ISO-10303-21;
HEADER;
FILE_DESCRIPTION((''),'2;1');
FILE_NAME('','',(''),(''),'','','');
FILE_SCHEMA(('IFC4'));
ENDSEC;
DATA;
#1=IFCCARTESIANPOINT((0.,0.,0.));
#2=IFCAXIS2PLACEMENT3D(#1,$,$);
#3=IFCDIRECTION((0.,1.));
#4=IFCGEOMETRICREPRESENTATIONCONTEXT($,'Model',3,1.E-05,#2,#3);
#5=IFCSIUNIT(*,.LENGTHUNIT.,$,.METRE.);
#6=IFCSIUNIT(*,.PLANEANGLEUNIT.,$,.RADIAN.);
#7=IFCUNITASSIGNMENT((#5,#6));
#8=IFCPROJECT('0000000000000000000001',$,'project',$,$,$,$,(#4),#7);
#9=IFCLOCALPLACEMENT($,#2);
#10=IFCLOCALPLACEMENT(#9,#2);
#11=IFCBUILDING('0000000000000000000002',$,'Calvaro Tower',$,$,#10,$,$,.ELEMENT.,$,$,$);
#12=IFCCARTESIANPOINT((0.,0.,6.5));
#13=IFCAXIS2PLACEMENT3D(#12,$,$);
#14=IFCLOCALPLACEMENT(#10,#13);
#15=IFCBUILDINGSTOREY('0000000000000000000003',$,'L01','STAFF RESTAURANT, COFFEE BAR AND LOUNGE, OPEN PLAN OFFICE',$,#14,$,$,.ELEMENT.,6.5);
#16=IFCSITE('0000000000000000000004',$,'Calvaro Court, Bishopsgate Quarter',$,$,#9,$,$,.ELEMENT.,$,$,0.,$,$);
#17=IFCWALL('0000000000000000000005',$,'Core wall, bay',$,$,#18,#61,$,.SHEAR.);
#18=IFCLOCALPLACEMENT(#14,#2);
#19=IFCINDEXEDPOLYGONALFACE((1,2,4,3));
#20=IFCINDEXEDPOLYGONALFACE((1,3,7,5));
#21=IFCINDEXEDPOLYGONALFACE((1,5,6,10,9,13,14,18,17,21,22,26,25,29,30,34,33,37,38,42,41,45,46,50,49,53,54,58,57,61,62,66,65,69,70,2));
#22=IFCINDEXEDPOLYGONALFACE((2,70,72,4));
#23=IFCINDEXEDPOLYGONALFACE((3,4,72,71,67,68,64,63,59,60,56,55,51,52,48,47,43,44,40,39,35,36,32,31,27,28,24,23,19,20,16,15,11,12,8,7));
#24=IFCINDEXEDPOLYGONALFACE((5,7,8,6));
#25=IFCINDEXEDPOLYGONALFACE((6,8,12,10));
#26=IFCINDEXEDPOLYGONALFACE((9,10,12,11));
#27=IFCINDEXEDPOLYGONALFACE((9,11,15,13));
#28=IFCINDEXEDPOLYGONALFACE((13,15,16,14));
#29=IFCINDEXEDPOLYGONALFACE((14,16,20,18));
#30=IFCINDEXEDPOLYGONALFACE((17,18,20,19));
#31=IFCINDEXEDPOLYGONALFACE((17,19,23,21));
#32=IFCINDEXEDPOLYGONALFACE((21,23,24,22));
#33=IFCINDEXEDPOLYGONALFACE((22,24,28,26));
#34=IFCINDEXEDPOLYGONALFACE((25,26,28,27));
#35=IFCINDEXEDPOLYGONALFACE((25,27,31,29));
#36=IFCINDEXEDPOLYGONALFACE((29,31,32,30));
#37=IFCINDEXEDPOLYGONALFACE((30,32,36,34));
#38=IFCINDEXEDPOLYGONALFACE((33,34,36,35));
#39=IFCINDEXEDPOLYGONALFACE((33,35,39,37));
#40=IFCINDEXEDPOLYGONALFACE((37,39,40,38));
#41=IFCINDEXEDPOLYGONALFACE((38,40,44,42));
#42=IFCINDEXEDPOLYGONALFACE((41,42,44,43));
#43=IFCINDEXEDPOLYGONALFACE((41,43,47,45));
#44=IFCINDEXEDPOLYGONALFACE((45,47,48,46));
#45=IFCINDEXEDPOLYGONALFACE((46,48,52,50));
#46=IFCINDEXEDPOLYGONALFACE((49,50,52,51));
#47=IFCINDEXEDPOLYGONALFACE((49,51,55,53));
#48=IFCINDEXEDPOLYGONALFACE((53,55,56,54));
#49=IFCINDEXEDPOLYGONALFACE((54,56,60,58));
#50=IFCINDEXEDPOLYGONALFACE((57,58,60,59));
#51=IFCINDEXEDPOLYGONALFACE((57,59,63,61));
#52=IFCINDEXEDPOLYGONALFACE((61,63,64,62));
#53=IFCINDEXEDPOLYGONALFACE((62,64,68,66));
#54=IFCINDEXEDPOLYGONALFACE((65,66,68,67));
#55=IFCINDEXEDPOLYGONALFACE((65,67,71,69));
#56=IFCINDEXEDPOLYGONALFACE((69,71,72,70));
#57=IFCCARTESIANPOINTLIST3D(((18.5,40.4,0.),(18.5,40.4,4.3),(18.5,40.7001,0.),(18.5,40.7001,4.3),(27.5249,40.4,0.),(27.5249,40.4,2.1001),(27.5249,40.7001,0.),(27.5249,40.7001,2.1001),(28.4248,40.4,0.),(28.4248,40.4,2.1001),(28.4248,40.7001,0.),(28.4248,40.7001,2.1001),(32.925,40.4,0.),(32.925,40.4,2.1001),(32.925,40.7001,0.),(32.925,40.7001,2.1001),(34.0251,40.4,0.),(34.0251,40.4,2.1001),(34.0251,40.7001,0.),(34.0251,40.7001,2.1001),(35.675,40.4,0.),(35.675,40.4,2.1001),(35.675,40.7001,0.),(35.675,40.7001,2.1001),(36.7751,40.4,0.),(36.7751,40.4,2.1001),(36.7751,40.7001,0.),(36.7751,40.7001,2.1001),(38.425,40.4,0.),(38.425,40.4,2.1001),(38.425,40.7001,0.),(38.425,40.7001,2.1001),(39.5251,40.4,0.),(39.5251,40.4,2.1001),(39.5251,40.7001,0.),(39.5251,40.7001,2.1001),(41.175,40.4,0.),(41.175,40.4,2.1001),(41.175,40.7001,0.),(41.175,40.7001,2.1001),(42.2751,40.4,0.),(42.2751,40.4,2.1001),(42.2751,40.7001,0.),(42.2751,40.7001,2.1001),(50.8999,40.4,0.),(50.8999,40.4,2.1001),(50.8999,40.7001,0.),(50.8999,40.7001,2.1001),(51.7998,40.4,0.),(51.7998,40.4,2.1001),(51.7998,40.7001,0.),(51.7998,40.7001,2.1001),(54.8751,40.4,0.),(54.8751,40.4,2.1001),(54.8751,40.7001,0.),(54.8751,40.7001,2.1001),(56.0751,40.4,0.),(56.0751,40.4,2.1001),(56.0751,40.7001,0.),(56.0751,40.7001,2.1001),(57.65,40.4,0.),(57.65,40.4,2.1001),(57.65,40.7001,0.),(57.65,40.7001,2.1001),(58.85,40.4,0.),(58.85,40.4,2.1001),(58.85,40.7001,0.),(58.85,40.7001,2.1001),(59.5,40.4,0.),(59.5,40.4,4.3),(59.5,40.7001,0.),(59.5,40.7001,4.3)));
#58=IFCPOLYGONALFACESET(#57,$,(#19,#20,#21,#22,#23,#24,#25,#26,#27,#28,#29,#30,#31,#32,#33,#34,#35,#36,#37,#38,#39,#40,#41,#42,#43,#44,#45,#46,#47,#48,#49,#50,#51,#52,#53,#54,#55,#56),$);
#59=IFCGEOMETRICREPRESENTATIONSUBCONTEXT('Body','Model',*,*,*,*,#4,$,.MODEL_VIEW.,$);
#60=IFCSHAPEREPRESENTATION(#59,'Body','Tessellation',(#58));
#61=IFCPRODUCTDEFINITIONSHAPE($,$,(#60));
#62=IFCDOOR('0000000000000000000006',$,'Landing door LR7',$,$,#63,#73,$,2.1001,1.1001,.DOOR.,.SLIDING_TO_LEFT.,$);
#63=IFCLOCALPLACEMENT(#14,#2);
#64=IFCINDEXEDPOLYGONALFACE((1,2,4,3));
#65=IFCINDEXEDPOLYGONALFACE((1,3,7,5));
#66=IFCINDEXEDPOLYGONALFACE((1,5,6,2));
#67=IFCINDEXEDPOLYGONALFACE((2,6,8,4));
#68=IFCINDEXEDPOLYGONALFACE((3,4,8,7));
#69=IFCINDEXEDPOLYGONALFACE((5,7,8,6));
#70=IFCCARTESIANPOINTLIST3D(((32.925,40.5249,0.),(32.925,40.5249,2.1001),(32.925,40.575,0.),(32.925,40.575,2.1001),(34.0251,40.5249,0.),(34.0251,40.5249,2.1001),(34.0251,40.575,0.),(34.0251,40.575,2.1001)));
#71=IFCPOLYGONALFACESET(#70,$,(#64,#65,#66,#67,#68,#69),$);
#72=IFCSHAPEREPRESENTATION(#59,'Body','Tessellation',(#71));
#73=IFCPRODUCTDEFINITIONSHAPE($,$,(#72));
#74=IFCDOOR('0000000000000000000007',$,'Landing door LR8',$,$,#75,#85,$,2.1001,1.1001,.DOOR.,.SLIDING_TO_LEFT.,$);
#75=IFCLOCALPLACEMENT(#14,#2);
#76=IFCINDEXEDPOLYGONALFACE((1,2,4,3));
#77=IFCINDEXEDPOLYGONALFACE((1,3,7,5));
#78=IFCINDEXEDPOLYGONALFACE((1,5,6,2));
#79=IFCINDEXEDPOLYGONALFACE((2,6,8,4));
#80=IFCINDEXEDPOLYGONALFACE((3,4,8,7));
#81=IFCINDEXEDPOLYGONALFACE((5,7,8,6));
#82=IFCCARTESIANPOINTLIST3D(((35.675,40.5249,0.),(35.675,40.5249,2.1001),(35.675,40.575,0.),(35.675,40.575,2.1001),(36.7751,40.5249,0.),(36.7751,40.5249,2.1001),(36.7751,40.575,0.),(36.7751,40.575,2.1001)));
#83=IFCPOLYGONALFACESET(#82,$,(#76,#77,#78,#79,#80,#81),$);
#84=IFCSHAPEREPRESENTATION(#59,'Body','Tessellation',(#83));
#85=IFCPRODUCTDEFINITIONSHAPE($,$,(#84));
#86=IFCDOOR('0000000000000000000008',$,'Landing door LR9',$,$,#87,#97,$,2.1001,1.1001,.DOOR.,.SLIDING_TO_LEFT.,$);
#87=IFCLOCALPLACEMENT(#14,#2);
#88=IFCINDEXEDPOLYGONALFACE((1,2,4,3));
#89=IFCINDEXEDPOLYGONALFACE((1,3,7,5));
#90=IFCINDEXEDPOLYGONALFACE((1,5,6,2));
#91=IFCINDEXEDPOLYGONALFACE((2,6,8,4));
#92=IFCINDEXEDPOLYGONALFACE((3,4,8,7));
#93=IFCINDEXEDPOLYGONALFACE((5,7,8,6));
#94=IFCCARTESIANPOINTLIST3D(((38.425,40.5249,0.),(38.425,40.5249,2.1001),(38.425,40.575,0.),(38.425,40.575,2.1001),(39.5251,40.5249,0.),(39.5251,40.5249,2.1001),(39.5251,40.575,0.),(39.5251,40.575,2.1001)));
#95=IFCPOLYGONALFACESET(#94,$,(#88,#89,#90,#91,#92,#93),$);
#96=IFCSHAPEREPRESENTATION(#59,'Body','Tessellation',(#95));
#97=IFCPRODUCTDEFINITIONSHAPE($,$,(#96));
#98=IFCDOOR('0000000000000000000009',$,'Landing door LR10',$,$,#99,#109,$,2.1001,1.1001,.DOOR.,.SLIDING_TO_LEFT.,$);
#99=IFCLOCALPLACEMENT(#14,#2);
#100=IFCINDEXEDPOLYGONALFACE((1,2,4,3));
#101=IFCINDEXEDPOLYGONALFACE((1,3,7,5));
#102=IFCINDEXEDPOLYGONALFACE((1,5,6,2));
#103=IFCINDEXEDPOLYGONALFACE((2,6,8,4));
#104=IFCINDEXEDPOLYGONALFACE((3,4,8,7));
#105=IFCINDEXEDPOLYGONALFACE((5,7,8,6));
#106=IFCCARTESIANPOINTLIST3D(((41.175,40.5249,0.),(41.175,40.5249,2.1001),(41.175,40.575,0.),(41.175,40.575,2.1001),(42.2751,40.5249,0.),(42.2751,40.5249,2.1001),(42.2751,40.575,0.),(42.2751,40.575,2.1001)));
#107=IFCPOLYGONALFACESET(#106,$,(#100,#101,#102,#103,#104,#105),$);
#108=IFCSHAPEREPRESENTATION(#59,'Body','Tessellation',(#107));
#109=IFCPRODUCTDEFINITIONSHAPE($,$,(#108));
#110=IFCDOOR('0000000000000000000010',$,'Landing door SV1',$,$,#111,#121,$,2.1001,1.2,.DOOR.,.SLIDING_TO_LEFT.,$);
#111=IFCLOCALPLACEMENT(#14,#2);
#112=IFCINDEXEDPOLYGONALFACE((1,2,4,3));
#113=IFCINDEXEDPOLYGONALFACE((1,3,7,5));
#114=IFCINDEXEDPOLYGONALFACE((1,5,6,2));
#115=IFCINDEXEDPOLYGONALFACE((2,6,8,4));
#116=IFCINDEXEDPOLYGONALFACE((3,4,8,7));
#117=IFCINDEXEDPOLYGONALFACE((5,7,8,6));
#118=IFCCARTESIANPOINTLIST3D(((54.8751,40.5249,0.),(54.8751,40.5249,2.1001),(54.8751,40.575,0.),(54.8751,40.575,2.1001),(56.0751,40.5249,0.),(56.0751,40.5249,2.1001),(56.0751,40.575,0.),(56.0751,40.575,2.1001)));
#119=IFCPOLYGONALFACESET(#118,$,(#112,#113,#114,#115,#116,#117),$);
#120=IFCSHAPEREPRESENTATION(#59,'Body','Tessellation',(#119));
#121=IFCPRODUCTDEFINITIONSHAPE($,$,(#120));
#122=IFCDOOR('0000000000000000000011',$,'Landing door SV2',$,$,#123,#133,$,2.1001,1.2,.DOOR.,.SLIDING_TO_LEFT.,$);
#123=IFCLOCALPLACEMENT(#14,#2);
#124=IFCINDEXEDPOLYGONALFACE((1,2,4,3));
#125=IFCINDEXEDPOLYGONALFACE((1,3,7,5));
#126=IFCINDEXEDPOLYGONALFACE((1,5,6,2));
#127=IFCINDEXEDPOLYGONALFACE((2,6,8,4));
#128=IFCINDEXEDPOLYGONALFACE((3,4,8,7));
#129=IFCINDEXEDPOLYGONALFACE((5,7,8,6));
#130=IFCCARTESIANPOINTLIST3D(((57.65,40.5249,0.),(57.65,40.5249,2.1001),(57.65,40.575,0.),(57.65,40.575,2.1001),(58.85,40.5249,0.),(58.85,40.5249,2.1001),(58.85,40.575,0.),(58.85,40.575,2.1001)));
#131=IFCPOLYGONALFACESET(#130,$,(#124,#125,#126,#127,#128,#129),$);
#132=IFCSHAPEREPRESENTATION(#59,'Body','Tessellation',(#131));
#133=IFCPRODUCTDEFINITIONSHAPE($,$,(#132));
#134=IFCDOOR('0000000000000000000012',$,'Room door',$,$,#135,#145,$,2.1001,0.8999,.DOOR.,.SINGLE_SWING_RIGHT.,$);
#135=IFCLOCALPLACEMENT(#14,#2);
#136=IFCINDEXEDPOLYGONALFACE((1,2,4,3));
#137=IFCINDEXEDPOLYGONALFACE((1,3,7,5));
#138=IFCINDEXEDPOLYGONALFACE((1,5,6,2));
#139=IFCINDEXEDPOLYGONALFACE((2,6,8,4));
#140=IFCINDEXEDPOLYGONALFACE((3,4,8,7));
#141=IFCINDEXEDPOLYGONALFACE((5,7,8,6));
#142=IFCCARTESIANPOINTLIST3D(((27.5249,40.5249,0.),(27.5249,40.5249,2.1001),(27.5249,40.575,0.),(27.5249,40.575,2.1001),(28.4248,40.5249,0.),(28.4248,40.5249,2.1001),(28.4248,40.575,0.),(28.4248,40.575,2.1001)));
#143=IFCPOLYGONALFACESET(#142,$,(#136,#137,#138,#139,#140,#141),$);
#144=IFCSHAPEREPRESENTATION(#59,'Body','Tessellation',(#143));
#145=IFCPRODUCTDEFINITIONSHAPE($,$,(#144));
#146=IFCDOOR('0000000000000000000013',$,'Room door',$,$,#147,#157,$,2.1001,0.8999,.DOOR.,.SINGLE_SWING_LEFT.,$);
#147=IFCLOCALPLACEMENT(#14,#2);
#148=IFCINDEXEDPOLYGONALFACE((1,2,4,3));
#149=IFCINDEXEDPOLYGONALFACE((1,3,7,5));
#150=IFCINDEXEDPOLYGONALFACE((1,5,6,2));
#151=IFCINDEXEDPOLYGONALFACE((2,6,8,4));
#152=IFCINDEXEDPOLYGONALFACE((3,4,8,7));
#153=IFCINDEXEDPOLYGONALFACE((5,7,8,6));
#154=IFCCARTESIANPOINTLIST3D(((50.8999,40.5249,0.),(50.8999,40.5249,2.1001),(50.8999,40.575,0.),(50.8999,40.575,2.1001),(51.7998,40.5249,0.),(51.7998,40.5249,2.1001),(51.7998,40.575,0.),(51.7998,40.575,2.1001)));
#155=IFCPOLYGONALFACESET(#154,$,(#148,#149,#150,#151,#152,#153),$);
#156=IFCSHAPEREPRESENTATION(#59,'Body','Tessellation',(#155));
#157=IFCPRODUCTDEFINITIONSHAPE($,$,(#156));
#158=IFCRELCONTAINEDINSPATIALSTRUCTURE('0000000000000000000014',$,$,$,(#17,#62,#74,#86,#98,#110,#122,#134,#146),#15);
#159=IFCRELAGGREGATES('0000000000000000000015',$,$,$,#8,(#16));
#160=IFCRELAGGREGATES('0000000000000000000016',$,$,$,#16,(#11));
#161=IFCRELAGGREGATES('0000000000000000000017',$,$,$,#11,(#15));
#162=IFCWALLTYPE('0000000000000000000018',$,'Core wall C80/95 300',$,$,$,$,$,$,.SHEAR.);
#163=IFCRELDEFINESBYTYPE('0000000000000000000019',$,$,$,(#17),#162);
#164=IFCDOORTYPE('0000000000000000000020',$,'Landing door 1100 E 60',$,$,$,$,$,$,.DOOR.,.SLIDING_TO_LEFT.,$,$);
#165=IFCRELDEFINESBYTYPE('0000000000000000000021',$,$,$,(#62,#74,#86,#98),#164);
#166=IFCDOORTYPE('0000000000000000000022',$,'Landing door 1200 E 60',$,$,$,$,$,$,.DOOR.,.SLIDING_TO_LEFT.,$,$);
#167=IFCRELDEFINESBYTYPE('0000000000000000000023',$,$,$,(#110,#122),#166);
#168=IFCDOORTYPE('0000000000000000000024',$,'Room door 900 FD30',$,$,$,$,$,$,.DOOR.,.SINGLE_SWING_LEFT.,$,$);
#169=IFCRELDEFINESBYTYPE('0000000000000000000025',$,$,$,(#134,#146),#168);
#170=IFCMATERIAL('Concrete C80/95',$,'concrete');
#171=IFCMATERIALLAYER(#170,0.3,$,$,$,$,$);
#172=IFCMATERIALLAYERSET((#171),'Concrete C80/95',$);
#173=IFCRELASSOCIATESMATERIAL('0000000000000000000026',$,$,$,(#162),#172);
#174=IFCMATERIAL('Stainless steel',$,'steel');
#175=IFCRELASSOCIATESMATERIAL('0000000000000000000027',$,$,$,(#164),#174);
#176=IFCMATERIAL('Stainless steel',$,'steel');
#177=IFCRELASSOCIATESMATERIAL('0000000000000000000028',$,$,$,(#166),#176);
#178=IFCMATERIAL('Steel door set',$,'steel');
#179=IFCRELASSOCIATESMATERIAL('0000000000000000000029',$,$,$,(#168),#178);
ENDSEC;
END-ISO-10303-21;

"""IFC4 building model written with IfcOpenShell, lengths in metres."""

from ifc_helpers import new_model, si_unit, direction, frame, frame_2d, origin, place, context, subcontext, project, spatial, rectangle, extrude, material, layer, layer_set, type_object, element, fill, save


model = new_model("IFC4")

# Units and contexts
model_context = context("Model", 3, precision=1e-05, world=origin(), true_north=direction((0.0, 1.0)))
body_context = subcontext(model_context, "Body", "Model", "MODEL_VIEW")
ifc_project = project(units=[si_unit("LENGTHUNIT", "METRE"), si_unit("PLANEANGLEUNIT", "RADIAN")], contexts=[model_context])

# Site, building, storey
site_placement = place(None, origin())
site = spatial("IfcSite", under=ifc_project, at=site_placement, Name="Calvaro Court, Bishopsgate Quarter", CompositionType="ELEMENT", RefElevation=0.0)
building_placement = place(site_placement, origin())
building = spatial("IfcBuilding", under=site, at=building_placement, Name="Calvaro Tower", CompositionType="ELEMENT")
storey_placement = place(building_placement, frame((0.0, 0.0, 6.5)))
storey = spatial("IfcBuildingStorey", under=building, at=storey_placement, Name="L01", Description="STAFF RESTAURANT, COFFEE BAR AND LOUNGE, OPEN PLAN OFFICE", CompositionType="ELEMENT", Elevation=6.5)

# Shared definitions
ifc_material_1 = material(Name="Concrete C80/95", Category="concrete")
ifc_layer_1 = layer(ifc_material_1, 0.3)
ifc_layer_set_1 = layer_set([ifc_layer_1], Name="Concrete C80/95")
wall_type_1 = type_object("IfcWallType", Name="Core wall C80/95 300", PredefinedType="SHEAR", material=ifc_layer_set_1)
ifc_material_2 = material(Name="Stainless steel", Category="steel")
door_type_1 = type_object("IfcDoorType", Name="Landing door 1100 E 60", OperationType="SLIDING_TO_LEFT", PredefinedType="DOOR", material=ifc_material_2)

# Wall, openings, doors
wall_1_placement = place(storey_placement, frame((18.5, 40.55, 0.0), z_axis=(0.0, 0.0, 1.0), x_axis=(1.0, 0.0, 0.0)))
wall_1 = element("IfcWall", 1, at=wall_1_placement, inside=storey, type_object=wall_type_1, Name="Core wall, bay", PredefinedType="SHEAR", context=body_context, shape_type="SweptSolid", body=[
    extrude(rectangle(XDim=41.0, YDim=0.3, at=frame_2d((20.5, 0.0))), origin(), (0.0, 0.0, 1.0), 4.3),
])
opening_1_placement = place(wall_1_placement, frame((9.0249, 0.0, 0.0)))
opening_1 = element("IfcOpeningElement", 2, at=opening_1_placement, cuts=wall_1, PredefinedType="OPENING", context=body_context, shape_type="SweptSolid", body=[
    extrude(rectangle(XDim=0.8999, YDim=2.1001, at=frame_2d((0.45, 1.05))), frame((0.0, 0.1599, 0.0), z_axis=(0.0, -1.0, 0.0), x_axis=(1.0, 0.0, 0.0)), (0.0, 0.0, 1.0), 0.3201),
])
opening_2_placement = place(wall_1_placement, frame((32.3999, 0.0, 0.0)))
opening_2 = element("IfcOpeningElement", 3, at=opening_2_placement, cuts=wall_1, PredefinedType="OPENING", context=body_context, shape_type="SweptSolid", body=[
    extrude(rectangle(XDim=0.8999, YDim=2.1001, at=frame_2d((0.45, 1.05))), frame((0.0, 0.1599, 0.0), z_axis=(0.0, -1.0, 0.0), x_axis=(1.0, 0.0, 0.0)), (0.0, 0.0, 1.0), 0.3201),
])
opening_3_placement = place(wall_1_placement, frame((14.425, 0.0, 0.0)))
opening_3 = element("IfcOpeningElement", 4, at=opening_3_placement, cuts=wall_1, PredefinedType="OPENING", context=body_context, shape_type="SweptSolid", body=[
    extrude(rectangle(XDim=1.1001, YDim=2.1001, at=frame_2d((0.55, 1.05))), frame((0.0, 0.1599, 0.0), z_axis=(0.0, -1.0, 0.0), x_axis=(1.0, 0.0, 0.0)), (0.0, 0.0, 1.0), 0.3201),
])
opening_4_placement = place(wall_1_placement, frame((17.175, 0.0, 0.0)))
opening_4 = element("IfcOpeningElement", 5, at=opening_4_placement, cuts=wall_1, PredefinedType="OPENING", context=body_context, shape_type="SweptSolid", body=[
    extrude(rectangle(XDim=1.1001, YDim=2.1001, at=frame_2d((0.55, 1.05))), frame((0.0, 0.1599, 0.0), z_axis=(0.0, -1.0, 0.0), x_axis=(1.0, 0.0, 0.0)), (0.0, 0.0, 1.0), 0.3201),
])
opening_5_placement = place(wall_1_placement, frame((19.925, 0.0, 0.0)))
opening_5 = element("IfcOpeningElement", 6, at=opening_5_placement, cuts=wall_1, PredefinedType="OPENING", context=body_context, shape_type="SweptSolid", body=[
    extrude(rectangle(XDim=1.1001, YDim=2.1001, at=frame_2d((0.55, 1.05))), frame((0.0, 0.1599, 0.0), z_axis=(0.0, -1.0, 0.0), x_axis=(1.0, 0.0, 0.0)), (0.0, 0.0, 1.0), 0.3201),
])
opening_6_placement = place(wall_1_placement, frame((22.675, 0.0, 0.0)))
opening_6 = element("IfcOpeningElement", 7, at=opening_6_placement, cuts=wall_1, PredefinedType="OPENING", context=body_context, shape_type="SweptSolid", body=[
    extrude(rectangle(XDim=1.1001, YDim=2.1001, at=frame_2d((0.55, 1.05))), frame((0.0, 0.1599, 0.0), z_axis=(0.0, -1.0, 0.0), x_axis=(1.0, 0.0, 0.0)), (0.0, 0.0, 1.0), 0.3201),
])
opening_7_placement = place(wall_1_placement, frame((36.375, 0.0, 0.0)))
opening_7 = element("IfcOpeningElement", 8, at=opening_7_placement, cuts=wall_1, PredefinedType="OPENING", context=body_context, shape_type="SweptSolid", body=[
    extrude(rectangle(XDim=1.2, YDim=2.1001, at=frame_2d((0.6001, 1.05))), frame((0.0, 0.1599, 0.0), z_axis=(0.0, -1.0, 0.0), x_axis=(1.0, 0.0, 0.0)), (0.0, 0.0, 1.0), 0.3201),
])
opening_8_placement = place(wall_1_placement, frame((39.1499, 0.0, 0.0)))
opening_8 = element("IfcOpeningElement", 9, at=opening_8_placement, cuts=wall_1, PredefinedType="OPENING", context=body_context, shape_type="SweptSolid", body=[
    extrude(rectangle(XDim=1.2, YDim=2.1001, at=frame_2d((0.6001, 1.05))), frame((0.0, 0.1599, 0.0), z_axis=(0.0, -1.0, 0.0), x_axis=(1.0, 0.0, 0.0)), (0.0, 0.0, 1.0), 0.3201),
])
door_1_placement = place(opening_3_placement, origin())
door_1 = element("IfcDoor", 10, at=door_1_placement, inside=storey, type_object=door_type_1, Name="Landing door LR7", OperationType="SLIDING_TO_LEFT", OverallHeight=2.1001, OverallWidth=1.1001, PredefinedType="DOOR", context=body_context, shape_type="SweptSolid", body=[
    extrude(rectangle(XDim=1.1001, YDim=2.1001, at=frame_2d((0.55, 1.05))), frame((0.0, 0.0249, 0.0), z_axis=(0.0, -1.0, 0.0), x_axis=(1.0, 0.0, 0.0)), (0.0, 0.0, 1.0), 0.05),
])
fill(opening_3, door_1)
door_2_placement = place(opening_4_placement, origin())
door_2 = element("IfcDoor", 11, at=door_2_placement, inside=storey, type_object=door_type_1, Name="Landing door LR8", OperationType="SLIDING_TO_LEFT", OverallHeight=2.1001, OverallWidth=1.1001, PredefinedType="DOOR", context=body_context, shape_type="SweptSolid", body=[
    extrude(rectangle(XDim=1.1001, YDim=2.1001, at=frame_2d((0.55, 1.05))), frame((0.0, 0.0249, 0.0), z_axis=(0.0, -1.0, 0.0), x_axis=(1.0, 0.0, 0.0)), (0.0, 0.0, 1.0), 0.05),
])
fill(opening_4, door_2)
door_3_placement = place(opening_5_placement, origin())
door_3 = element("IfcDoor", 12, at=door_3_placement, inside=storey, type_object=door_type_1, Name="Landing door LR9", OperationType="SLIDING_TO_LEFT", OverallHeight=2.1001, OverallWidth=1.1001, PredefinedType="DOOR", context=body_context, shape_type="SweptSolid", body=[
    extrude(rectangle(XDim=1.1001, YDim=2.1001, at=frame_2d((0.55, 1.05))), frame((0.0, 0.0249, 0.0), z_axis=(0.0, -1.0, 0.0), x_axis=(1.0, 0.0, 0.0)), (0.0, 0.0, 1.0), 0.05),
])
fill(opening_5, door_3)
door_4_placement = place(opening_6_placement, origin())
door_4 = element("IfcDoor", 13, at=door_4_placement, inside=storey, type_object=door_type_1, Name="Landing door LR10", OperationType="SLIDING_TO_LEFT", OverallHeight=2.1001, OverallWidth=1.1001, PredefinedType="DOOR", context=body_context, shape_type="SweptSolid", body=[
    extrude(rectangle(XDim=1.1001, YDim=2.1001, at=frame_2d((0.55, 1.05))), frame((0.0, 0.0249, 0.0), z_axis=(0.0, -1.0, 0.0), x_axis=(1.0, 0.0, 0.0)), (0.0, 0.0, 1.0), 0.05),
])
fill(opening_6, door_4)
ifc_material_3 = material(Name="Stainless steel", Category="steel")
door_type_2 = type_object("IfcDoorType", Name="Landing door 1200 E 60", OperationType="SLIDING_TO_LEFT", PredefinedType="DOOR", material=ifc_material_3)
door_5_placement = place(opening_7_placement, origin())
door_5 = element("IfcDoor", 14, at=door_5_placement, inside=storey, type_object=door_type_2, Name="Landing door SV1", OperationType="SLIDING_TO_LEFT", OverallHeight=2.1001, OverallWidth=1.2, PredefinedType="DOOR", context=body_context, shape_type="SweptSolid", body=[
    extrude(rectangle(XDim=1.2, YDim=2.1001, at=frame_2d((0.6001, 1.05))), frame((0.0, 0.0249, 0.0), z_axis=(0.0, -1.0, 0.0), x_axis=(1.0, 0.0, 0.0)), (0.0, 0.0, 1.0), 0.05),
])
fill(opening_7, door_5)
door_6_placement = place(opening_8_placement, origin())
door_6 = element("IfcDoor", 15, at=door_6_placement, inside=storey, type_object=door_type_2, Name="Landing door SV2", OperationType="SLIDING_TO_LEFT", OverallHeight=2.1001, OverallWidth=1.2, PredefinedType="DOOR", context=body_context, shape_type="SweptSolid", body=[
    extrude(rectangle(XDim=1.2, YDim=2.1001, at=frame_2d((0.6001, 1.05))), frame((0.0, 0.0249, 0.0), z_axis=(0.0, -1.0, 0.0), x_axis=(1.0, 0.0, 0.0)), (0.0, 0.0, 1.0), 0.05),
])
fill(opening_8, door_6)
ifc_material_4 = material(Name="Steel door set", Category="steel")
door_type_3 = type_object("IfcDoorType", Name="Room door 900 FD30", OperationType="SINGLE_SWING_LEFT", PredefinedType="DOOR", material=ifc_material_4)
door_7_placement = place(opening_1_placement, origin())
door_7 = element("IfcDoor", 16, at=door_7_placement, inside=storey, type_object=door_type_3, Name="Room door", OperationType="SINGLE_SWING_RIGHT", OverallHeight=2.1001, OverallWidth=0.8999, PredefinedType="DOOR", context=body_context, shape_type="SweptSolid", body=[
    extrude(rectangle(XDim=0.8999, YDim=2.1001, at=frame_2d((0.45, 1.05))), frame((0.0, 0.0249, 0.0), z_axis=(0.0, -1.0, 0.0), x_axis=(1.0, 0.0, 0.0)), (0.0, 0.0, 1.0), 0.05),
])
fill(opening_1, door_7)
door_8_placement = place(opening_2_placement, origin())
door_8 = element("IfcDoor", 17, at=door_8_placement, inside=storey, type_object=door_type_3, Name="Room door", OperationType="SINGLE_SWING_LEFT", OverallHeight=2.1001, OverallWidth=0.8999, PredefinedType="DOOR", context=body_context, shape_type="SweptSolid", body=[
    extrude(rectangle(XDim=0.8999, YDim=2.1001, at=frame_2d((0.45, 1.05))), frame((0.0, 0.0249, 0.0), z_axis=(0.0, -1.0, 0.0), x_axis=(1.0, 0.0, 0.0)), (0.0, 0.0, 1.0), 0.05),
])
fill(opening_2, door_8)

save(model, "model.ifc")
